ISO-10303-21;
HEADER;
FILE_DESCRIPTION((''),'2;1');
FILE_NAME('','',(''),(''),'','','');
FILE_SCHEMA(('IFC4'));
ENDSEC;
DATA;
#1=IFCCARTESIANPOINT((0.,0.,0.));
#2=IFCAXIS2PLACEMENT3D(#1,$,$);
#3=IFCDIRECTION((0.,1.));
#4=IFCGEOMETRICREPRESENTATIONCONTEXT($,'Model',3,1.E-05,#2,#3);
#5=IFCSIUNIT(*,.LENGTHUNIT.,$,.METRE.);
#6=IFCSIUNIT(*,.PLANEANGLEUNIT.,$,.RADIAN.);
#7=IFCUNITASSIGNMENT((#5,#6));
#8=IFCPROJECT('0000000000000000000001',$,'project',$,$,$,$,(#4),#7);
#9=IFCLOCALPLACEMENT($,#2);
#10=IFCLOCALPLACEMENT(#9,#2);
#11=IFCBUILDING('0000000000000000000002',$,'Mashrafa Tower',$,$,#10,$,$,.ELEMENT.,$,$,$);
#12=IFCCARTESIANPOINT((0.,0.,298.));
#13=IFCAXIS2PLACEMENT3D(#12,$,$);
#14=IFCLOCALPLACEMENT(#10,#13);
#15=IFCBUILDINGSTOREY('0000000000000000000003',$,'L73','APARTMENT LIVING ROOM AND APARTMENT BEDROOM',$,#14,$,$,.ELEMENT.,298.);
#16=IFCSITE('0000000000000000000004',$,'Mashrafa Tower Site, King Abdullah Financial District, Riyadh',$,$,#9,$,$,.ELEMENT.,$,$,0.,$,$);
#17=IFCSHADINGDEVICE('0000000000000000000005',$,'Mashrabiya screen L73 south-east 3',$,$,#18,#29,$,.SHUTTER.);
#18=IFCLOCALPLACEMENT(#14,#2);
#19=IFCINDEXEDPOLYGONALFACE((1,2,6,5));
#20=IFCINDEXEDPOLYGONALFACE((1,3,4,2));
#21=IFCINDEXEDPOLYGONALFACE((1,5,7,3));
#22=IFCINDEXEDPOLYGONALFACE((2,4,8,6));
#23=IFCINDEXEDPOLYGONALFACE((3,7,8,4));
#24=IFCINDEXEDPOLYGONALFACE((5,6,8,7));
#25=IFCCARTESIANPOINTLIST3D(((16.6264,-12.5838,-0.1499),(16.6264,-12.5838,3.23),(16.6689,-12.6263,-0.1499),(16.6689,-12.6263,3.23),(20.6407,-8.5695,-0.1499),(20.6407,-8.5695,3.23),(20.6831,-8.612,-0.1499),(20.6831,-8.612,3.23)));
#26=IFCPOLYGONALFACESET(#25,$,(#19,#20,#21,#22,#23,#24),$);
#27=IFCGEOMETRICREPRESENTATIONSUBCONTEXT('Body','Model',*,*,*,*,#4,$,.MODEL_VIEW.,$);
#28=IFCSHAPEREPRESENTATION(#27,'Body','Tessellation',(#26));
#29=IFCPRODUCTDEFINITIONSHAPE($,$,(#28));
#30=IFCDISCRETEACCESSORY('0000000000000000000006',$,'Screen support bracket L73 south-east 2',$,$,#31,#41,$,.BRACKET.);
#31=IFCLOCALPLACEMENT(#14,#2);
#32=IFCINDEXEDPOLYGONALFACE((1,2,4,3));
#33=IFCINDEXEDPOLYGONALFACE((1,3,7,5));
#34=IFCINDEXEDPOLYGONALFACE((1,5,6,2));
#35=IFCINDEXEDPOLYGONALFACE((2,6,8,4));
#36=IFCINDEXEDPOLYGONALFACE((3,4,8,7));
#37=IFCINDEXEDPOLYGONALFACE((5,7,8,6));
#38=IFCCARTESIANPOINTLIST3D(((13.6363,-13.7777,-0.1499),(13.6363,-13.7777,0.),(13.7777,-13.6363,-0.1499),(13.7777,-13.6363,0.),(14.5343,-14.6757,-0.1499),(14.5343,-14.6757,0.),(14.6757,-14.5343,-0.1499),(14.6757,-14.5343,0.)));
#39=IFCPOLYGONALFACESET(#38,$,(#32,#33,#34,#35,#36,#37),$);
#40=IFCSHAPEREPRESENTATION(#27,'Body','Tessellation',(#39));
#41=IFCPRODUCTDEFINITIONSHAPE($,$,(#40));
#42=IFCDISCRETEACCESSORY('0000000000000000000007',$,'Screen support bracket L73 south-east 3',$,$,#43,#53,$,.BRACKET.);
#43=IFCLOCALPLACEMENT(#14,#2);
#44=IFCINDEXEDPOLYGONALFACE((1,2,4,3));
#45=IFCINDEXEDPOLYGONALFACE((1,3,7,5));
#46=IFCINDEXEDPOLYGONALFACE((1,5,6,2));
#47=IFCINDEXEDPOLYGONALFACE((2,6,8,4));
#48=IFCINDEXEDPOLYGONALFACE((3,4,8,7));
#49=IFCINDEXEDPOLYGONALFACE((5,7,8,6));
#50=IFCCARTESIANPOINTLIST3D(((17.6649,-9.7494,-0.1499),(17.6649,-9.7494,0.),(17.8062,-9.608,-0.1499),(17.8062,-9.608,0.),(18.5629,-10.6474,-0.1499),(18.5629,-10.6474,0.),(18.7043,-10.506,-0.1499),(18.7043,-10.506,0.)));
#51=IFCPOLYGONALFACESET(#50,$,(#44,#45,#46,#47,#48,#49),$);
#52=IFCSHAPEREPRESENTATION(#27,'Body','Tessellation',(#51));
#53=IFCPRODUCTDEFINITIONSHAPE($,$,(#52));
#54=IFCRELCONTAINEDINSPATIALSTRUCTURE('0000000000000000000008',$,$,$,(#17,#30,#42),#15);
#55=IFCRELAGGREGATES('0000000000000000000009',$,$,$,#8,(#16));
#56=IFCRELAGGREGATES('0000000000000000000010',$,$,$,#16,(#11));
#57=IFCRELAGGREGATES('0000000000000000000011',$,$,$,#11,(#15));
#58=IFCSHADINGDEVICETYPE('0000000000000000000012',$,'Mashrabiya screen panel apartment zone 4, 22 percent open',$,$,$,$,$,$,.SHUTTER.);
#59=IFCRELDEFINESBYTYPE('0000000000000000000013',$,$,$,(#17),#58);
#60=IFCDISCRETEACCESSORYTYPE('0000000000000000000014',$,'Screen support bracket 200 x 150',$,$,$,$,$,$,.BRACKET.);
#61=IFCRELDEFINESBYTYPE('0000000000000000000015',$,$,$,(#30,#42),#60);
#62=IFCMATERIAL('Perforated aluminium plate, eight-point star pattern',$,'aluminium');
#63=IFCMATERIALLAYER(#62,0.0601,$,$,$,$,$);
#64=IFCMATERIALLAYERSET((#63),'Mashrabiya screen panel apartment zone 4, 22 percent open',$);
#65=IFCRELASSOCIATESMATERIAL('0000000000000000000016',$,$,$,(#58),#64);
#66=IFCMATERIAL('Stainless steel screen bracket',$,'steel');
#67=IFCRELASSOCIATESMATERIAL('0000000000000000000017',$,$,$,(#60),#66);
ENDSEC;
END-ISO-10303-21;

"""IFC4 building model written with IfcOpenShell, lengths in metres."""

from ifc_helpers import new_model, si_unit, direction, frame, origin, origin_2d, place, context, subcontext, project, spatial, rectangle, extrude, source, transform, mapped, material, layer, layer_set, type_object, type_shapes, element, save


model = new_model("IFC4")

# Units and contexts
model_context = context("Model", 3, precision=1e-05, world=origin(), true_north=direction((0.0, 1.0)))
body_context = subcontext(model_context, "Body", "Model", "MODEL_VIEW")
ifc_project = project(units=[si_unit("LENGTHUNIT", "METRE"), si_unit("PLANEANGLEUNIT", "RADIAN")], contexts=[model_context])

# Site, building, storey
site_placement = place(None, origin())
site = spatial("IfcSite", under=ifc_project, at=site_placement, Name="Mashrafa Tower Site, King Abdullah Financial District, Riyadh", CompositionType="ELEMENT", RefElevation=0.0)
building_placement = place(site_placement, origin())
building = spatial("IfcBuilding", under=site, at=building_placement, Name="Mashrafa Tower", CompositionType="ELEMENT")
storey_placement = place(building_placement, frame((0.0, 0.0, 298.0)))
storey = spatial("IfcBuildingStorey", under=building, at=storey_placement, Name="L73", Description="APARTMENT LIVING ROOM AND APARTMENT BEDROOM", CompositionType="ELEMENT", Elevation=298.0)

# Shading device
ifc_material_1 = material(Name="Perforated aluminium plate, eight-point star pattern", Category="aluminium")
ifc_layer_1 = layer(ifc_material_1, 0.0601)
ifc_layer_set_1 = layer_set([ifc_layer_1], Name="Mashrabiya screen panel apartment zone 4, 22 percent open")
shading_device_type = type_object("IfcShadingDeviceType", Name="Mashrabiya screen panel apartment zone 4, 22 percent open", PredefinedType="SHUTTER", material=ifc_layer_set_1)
shared_shape_1 = source(origin(), body_context, "Body", "SweptSolid", [
    extrude(rectangle(XDim=5.677, YDim=0.0601, at=origin_2d()), origin(), (0.0, 0.0, 1.0), 3.3799),
])
type_shapes(shading_device_type, [shared_shape_1])
for number, where, z_axis, x_axis, name in (
    (1, (18.6548, -10.5979, -0.1499), (0.0, 0.0, 1.0), (0.707107, 0.707107, 0.0), "Mashrabiya screen L73 south-east 3"),
):
    element("IfcShadingDevice", number, at=place(storey_placement, frame(where, z_axis=z_axis, x_axis=x_axis)), inside=storey, type_object=shading_device_type, Name=name, PredefinedType="SHUTTER", context=body_context, shape_type="MappedRepresentation", body=[
        mapped(shared_shape_1, transform((0.0, 0.0, 0.0))),
    ])

# Discrete accessories
ifc_material_2 = material(Name="Stainless steel screen bracket", Category="steel")
discrete_accessory_type = type_object("IfcDiscreteAccessoryType", Name="Screen support bracket 200 x 150", PredefinedType="BRACKET", material=ifc_material_2)
shared_shape_2 = source(origin(), body_context, "Body", "SweptSolid", [
    extrude(rectangle(XDim=0.2, YDim=1.27, at=origin_2d()), origin(), (0.0, 0.0, 1.0), 0.1499),
])
type_shapes(discrete_accessory_type, [shared_shape_2])
for number, where, z_axis, x_axis, name in (
    (2, (14.156, -14.156, -0.1499), (0.0, 0.0, 1.0), (0.707107, 0.707107, 0.0), "Screen support bracket L73 south-east 2"),
    (3, (18.1846, -10.1277, -0.1499), (0.0, 0.0, 1.0), (0.707107, 0.707107, 0.0), "Screen support bracket L73 south-east 3"),
):
    element("IfcDiscreteAccessory", number, at=place(storey_placement, frame(where, z_axis=z_axis, x_axis=x_axis)), inside=storey, type_object=discrete_accessory_type, Name=name, PredefinedType="BRACKET", context=body_context, shape_type="MappedRepresentation", body=[
        mapped(shared_shape_2, transform((0.0, 0.0, 0.0))),
    ])

save(model, "model.ifc")
